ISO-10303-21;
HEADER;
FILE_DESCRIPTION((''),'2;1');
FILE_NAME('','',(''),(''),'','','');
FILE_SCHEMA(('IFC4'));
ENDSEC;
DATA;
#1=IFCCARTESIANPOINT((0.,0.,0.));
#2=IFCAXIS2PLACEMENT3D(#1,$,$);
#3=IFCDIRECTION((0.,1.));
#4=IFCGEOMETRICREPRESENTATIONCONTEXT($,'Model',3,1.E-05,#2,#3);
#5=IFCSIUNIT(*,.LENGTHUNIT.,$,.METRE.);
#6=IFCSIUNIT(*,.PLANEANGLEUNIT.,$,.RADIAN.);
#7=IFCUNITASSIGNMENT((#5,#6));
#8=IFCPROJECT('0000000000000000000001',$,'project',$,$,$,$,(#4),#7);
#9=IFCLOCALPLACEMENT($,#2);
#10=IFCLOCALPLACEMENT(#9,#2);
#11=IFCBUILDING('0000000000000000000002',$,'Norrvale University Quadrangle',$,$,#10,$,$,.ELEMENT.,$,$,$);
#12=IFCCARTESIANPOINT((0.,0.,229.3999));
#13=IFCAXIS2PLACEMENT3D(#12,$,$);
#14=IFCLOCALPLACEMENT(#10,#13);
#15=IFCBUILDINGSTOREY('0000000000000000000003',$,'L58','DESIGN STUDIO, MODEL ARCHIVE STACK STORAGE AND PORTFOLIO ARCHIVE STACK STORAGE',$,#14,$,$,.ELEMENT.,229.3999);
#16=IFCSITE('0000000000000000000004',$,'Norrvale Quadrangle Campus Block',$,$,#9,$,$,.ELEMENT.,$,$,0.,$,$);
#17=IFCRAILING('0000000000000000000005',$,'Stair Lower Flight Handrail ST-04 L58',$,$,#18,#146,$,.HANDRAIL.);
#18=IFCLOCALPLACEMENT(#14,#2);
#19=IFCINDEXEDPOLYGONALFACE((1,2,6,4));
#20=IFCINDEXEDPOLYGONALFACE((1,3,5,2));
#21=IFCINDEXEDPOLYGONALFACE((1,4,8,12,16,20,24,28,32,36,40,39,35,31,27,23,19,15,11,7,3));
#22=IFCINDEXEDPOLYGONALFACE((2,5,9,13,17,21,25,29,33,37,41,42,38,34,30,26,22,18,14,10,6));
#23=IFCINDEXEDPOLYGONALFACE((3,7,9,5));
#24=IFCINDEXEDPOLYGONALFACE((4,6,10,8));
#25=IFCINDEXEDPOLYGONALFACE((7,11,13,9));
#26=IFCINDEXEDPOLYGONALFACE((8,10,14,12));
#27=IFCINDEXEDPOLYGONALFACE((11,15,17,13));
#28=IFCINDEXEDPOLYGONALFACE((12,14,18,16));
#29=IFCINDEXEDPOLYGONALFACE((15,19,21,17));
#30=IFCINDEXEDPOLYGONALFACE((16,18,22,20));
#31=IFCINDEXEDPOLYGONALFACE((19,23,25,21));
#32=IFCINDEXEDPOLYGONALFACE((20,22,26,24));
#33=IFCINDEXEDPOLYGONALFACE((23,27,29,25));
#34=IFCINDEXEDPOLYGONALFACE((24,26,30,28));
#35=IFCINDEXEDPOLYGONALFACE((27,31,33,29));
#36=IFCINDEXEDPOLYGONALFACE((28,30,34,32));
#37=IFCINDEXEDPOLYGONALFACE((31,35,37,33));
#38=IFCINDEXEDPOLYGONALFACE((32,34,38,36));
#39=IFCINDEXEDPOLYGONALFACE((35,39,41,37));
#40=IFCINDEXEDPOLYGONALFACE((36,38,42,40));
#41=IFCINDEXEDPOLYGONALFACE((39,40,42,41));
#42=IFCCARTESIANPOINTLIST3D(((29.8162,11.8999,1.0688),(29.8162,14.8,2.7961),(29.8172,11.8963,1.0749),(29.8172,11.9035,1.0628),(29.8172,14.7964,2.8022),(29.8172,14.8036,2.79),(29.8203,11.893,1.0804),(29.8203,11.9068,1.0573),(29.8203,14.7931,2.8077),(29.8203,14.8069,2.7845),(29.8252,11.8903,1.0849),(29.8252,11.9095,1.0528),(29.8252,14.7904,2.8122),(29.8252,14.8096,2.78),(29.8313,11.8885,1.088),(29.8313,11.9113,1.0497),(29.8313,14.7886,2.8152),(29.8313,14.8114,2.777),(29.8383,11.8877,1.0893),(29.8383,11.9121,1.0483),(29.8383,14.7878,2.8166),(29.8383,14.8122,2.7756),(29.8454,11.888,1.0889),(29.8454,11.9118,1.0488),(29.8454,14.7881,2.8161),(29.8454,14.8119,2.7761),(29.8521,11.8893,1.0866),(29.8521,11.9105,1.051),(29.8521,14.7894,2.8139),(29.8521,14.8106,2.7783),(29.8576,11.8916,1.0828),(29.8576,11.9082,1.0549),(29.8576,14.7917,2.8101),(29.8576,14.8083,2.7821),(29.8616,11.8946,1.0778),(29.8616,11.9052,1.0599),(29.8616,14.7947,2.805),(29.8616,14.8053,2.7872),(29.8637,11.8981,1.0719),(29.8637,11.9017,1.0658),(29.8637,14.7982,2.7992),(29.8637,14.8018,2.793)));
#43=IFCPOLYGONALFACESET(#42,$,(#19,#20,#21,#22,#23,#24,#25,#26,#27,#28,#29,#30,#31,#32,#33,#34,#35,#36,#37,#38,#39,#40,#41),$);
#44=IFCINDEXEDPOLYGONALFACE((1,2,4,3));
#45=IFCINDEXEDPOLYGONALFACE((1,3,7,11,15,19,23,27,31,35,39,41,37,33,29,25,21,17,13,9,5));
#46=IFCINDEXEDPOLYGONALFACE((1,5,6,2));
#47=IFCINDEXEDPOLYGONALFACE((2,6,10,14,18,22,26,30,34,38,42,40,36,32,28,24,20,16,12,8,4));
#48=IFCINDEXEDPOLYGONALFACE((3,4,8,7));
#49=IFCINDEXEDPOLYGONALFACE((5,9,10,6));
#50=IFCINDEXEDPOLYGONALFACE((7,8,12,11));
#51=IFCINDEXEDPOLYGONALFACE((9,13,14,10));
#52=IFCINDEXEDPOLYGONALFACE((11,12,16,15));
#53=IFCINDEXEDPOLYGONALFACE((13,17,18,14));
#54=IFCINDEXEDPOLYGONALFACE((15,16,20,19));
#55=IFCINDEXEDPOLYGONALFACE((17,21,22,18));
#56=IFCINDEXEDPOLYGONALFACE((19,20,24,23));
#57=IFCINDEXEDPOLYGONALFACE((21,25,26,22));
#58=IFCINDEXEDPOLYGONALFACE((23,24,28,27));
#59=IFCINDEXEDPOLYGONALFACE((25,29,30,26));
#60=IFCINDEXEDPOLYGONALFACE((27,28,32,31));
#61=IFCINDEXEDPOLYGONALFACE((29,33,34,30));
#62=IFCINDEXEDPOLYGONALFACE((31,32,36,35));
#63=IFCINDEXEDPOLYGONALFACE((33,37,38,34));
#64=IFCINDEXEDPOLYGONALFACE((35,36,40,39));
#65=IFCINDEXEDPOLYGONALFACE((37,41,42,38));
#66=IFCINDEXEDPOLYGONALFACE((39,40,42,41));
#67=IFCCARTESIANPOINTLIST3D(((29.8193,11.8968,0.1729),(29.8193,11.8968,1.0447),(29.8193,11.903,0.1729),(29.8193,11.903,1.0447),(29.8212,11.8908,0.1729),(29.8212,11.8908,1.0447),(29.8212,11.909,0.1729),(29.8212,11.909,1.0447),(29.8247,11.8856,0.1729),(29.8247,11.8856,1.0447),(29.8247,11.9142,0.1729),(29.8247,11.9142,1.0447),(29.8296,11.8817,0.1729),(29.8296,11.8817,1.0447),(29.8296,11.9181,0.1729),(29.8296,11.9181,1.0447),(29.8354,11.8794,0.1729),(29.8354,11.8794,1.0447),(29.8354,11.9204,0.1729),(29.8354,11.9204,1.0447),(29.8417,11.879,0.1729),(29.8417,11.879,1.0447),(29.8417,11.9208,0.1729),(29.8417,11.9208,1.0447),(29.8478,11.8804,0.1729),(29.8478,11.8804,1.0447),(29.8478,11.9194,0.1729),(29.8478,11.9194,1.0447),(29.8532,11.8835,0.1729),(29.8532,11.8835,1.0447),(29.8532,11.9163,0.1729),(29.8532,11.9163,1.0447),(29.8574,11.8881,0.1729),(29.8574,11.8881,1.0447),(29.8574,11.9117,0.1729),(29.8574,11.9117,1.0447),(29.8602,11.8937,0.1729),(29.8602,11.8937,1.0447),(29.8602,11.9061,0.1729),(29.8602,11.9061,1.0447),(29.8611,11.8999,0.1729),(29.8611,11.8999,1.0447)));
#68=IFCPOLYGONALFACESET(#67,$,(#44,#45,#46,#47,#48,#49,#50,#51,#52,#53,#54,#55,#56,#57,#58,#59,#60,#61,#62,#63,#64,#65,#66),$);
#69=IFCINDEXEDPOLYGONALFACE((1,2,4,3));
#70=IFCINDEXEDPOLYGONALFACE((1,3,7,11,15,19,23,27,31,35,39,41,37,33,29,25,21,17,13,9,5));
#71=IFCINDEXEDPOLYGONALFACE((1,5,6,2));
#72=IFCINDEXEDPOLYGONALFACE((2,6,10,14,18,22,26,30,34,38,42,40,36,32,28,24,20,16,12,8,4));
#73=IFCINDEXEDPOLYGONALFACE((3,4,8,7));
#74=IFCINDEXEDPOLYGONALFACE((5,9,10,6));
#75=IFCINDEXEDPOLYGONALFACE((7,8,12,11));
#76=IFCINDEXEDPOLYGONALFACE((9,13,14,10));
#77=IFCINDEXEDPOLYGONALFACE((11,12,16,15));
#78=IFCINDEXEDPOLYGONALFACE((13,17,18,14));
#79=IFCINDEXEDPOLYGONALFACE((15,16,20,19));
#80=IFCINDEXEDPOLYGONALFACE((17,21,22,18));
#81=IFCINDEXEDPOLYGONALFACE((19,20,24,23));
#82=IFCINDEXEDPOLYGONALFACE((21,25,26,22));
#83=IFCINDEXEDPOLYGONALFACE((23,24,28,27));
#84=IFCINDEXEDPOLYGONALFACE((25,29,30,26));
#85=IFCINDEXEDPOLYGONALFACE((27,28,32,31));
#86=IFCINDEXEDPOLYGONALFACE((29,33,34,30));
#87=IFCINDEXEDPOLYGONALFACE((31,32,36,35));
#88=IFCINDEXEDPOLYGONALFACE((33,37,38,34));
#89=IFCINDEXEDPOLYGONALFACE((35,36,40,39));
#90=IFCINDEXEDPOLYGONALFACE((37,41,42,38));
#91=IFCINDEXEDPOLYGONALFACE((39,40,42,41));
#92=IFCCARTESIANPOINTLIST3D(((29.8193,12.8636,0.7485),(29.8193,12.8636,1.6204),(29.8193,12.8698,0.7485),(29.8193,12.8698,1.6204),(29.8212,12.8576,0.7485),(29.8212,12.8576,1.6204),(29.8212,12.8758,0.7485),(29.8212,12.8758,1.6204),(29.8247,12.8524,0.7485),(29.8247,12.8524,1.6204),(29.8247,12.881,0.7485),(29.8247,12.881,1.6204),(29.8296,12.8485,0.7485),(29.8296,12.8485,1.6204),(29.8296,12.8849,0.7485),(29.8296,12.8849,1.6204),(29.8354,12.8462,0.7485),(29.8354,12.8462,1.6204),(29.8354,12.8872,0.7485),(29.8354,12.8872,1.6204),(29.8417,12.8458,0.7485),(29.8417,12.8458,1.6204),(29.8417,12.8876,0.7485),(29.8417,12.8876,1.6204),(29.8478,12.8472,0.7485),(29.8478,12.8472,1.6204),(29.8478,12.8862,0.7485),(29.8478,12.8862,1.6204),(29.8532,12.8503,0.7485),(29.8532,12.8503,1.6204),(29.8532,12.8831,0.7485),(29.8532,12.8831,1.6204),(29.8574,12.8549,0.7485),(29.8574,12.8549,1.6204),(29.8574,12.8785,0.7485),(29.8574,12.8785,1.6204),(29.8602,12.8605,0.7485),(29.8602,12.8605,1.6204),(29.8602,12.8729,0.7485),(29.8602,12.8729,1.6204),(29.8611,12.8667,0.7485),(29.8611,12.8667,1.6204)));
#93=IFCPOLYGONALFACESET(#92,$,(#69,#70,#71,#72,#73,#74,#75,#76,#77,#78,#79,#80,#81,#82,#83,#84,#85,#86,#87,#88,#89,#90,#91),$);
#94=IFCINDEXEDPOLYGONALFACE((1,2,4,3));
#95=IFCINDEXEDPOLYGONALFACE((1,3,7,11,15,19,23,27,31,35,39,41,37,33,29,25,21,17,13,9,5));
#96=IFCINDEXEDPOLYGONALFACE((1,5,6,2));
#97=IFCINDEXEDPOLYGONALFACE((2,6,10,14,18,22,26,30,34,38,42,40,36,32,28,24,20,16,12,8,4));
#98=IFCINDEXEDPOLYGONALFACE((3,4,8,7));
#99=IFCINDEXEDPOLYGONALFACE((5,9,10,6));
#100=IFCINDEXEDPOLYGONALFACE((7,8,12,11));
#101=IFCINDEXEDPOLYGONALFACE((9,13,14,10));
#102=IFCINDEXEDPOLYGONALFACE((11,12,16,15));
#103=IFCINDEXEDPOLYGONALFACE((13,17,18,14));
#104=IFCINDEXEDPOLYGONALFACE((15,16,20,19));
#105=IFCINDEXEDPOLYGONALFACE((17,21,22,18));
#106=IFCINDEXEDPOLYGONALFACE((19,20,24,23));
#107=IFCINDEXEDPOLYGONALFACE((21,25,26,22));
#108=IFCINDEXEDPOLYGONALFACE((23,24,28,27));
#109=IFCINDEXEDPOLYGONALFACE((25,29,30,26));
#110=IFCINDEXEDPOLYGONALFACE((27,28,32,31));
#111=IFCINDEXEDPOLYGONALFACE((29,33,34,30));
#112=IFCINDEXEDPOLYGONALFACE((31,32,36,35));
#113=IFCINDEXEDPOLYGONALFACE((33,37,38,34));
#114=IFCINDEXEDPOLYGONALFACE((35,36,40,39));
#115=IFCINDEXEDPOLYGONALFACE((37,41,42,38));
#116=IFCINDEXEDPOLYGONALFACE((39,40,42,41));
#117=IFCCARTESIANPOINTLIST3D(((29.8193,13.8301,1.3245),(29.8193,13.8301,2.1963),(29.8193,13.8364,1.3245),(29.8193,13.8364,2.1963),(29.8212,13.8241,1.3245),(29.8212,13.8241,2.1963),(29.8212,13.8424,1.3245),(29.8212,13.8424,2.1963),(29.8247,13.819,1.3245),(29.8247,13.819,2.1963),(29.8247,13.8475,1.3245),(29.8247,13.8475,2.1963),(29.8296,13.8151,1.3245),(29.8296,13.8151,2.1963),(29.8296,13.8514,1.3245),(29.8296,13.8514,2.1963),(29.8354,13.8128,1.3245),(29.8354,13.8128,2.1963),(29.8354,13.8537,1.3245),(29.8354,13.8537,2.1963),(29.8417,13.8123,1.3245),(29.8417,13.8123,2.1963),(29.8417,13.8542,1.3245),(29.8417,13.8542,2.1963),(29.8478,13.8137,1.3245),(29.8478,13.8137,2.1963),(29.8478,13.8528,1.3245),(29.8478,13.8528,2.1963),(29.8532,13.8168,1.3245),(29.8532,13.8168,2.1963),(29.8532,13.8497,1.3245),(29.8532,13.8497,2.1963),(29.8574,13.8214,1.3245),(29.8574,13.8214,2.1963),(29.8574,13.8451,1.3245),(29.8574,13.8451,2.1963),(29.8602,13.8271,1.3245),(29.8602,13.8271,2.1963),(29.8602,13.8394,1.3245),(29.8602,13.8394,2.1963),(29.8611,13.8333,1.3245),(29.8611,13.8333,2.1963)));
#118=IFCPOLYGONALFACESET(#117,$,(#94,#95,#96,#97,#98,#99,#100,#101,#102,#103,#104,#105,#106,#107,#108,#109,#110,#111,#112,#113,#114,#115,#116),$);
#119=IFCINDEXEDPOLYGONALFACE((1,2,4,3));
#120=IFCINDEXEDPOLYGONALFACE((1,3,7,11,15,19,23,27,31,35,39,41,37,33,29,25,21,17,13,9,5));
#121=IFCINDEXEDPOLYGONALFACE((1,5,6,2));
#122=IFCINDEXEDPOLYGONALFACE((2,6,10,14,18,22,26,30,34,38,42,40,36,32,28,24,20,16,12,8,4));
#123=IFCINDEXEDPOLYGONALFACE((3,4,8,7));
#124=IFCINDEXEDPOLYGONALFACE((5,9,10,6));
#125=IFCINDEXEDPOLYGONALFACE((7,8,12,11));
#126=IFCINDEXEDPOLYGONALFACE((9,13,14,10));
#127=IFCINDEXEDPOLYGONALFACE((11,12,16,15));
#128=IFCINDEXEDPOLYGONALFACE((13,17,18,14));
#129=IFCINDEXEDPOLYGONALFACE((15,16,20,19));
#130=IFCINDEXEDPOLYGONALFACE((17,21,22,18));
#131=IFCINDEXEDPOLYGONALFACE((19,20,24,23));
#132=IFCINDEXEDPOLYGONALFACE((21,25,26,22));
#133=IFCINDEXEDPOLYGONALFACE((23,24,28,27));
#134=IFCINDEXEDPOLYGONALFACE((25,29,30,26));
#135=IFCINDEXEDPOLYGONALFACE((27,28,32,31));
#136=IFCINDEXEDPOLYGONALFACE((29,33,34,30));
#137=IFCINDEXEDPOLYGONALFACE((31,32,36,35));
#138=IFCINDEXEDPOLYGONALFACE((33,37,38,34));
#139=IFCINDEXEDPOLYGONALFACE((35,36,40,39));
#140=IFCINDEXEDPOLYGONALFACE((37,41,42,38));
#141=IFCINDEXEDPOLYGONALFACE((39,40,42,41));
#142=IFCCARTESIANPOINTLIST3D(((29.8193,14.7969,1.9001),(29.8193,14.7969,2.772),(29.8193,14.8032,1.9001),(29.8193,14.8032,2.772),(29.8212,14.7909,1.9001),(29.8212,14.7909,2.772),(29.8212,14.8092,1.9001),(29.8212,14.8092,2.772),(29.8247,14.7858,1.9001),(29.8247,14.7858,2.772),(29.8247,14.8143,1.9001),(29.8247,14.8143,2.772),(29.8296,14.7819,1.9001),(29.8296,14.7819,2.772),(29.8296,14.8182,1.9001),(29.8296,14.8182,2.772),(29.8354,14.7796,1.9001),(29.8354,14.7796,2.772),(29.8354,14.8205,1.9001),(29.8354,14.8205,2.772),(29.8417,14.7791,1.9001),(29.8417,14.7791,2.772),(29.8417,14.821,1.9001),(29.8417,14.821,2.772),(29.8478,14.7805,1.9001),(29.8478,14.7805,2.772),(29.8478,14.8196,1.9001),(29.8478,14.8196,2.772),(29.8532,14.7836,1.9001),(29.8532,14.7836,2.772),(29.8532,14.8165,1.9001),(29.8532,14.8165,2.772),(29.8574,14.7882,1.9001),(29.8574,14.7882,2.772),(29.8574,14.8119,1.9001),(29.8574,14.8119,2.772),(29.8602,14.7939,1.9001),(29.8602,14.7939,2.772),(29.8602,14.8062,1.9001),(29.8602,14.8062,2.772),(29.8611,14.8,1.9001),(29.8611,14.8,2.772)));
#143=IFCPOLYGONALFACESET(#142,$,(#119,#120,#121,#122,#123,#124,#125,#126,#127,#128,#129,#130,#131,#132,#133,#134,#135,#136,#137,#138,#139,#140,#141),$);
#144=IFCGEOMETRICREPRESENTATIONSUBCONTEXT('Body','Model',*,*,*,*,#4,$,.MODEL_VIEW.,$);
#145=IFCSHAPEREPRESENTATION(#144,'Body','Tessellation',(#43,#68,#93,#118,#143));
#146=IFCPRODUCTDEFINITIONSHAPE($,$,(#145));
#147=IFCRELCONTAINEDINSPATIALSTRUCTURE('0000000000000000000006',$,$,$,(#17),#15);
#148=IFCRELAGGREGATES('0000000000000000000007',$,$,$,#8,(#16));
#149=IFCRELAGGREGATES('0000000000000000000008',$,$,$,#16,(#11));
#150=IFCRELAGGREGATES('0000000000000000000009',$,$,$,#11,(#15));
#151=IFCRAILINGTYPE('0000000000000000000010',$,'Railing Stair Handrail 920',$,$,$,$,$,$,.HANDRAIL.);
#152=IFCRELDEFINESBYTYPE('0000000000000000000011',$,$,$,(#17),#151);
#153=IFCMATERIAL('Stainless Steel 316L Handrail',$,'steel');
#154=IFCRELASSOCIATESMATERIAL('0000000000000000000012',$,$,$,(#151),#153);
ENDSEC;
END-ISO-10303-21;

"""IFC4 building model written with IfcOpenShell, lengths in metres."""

from ifc_helpers import new_model, si_unit, direction, frame, origin, origin_2d, place, context, subcontext, project, spatial, circle, extrude, material, type_object, element, save


model = new_model("IFC4")

# Units and contexts
model_context = context("Model", 3, precision=1e-05, world=origin(), true_north=direction((0.0, 1.0)))
body_context = subcontext(model_context, "Body", "Model", "MODEL_VIEW")
ifc_project = project(units=[si_unit("LENGTHUNIT", "METRE"), si_unit("PLANEANGLEUNIT", "RADIAN")], contexts=[model_context])

# Site, building, storey
site_placement = place(None, origin())
site = spatial("IfcSite", under=ifc_project, at=site_placement, Name="Norrvale Quadrangle Campus Block", CompositionType="ELEMENT", RefElevation=0.0)
building_placement = place(site_placement, origin())
building = spatial("IfcBuilding", under=site, at=building_placement, Name="Norrvale University Quadrangle", CompositionType="ELEMENT")
storey_placement = place(building_placement, frame((0.0, 0.0, 229.3999)))
storey = spatial("IfcBuildingStorey", under=building, at=storey_placement, Name="L58", Description="DESIGN STUDIO, MODEL ARCHIVE STACK STORAGE AND PORTFOLIO ARCHIVE STACK STORAGE", CompositionType="ELEMENT", Elevation=229.3999)

# Railing
ifc_material_1 = material(Name="Stainless Steel 316L Handrail", Category="steel")
railing_type = type_object("IfcRailingType", Name="Railing Stair Handrail 920", PredefinedType="HANDRAIL", material=ifc_material_1)
railing_placement = place(storey_placement, frame((29.8401, 11.8999, 0.1729)))
element("IfcRailing", 1, at=railing_placement, inside=storey, type_object=railing_type, Name="Stair Lower Flight Handrail ST-04 L58", PredefinedType="HANDRAIL", context=body_context, shape_type="SweptSolid", body=[
    extrude(circle(Radius=0.0239, at=origin_2d()), frame((0.0, 0.0, 0.896), z_axis=(0.0, 0.85916, 0.511706), x_axis=(-1.0, 0.0, 0.0)), (0.0, 0.0, 1.0), 3.3755),
    extrude(circle(Radius=0.021, at=origin_2d()), origin(), (0.0, 0.0, 1.0), 0.8718),
    extrude(circle(Radius=0.021, at=origin_2d()), frame((0.0, 0.9668, 0.5757)), (0.0, 0.0, 1.0), 0.8718),
    extrude(circle(Radius=0.021, at=origin_2d()), frame((0.0, 1.9333, 1.1516)), (0.0, 0.0, 1.0), 0.8718),
    extrude(circle(Radius=0.021, at=origin_2d()), frame((0.0, 2.9001, 1.7273)), (0.0, 0.0, 1.0), 0.8718),
])

save(model, "model.ifc")
